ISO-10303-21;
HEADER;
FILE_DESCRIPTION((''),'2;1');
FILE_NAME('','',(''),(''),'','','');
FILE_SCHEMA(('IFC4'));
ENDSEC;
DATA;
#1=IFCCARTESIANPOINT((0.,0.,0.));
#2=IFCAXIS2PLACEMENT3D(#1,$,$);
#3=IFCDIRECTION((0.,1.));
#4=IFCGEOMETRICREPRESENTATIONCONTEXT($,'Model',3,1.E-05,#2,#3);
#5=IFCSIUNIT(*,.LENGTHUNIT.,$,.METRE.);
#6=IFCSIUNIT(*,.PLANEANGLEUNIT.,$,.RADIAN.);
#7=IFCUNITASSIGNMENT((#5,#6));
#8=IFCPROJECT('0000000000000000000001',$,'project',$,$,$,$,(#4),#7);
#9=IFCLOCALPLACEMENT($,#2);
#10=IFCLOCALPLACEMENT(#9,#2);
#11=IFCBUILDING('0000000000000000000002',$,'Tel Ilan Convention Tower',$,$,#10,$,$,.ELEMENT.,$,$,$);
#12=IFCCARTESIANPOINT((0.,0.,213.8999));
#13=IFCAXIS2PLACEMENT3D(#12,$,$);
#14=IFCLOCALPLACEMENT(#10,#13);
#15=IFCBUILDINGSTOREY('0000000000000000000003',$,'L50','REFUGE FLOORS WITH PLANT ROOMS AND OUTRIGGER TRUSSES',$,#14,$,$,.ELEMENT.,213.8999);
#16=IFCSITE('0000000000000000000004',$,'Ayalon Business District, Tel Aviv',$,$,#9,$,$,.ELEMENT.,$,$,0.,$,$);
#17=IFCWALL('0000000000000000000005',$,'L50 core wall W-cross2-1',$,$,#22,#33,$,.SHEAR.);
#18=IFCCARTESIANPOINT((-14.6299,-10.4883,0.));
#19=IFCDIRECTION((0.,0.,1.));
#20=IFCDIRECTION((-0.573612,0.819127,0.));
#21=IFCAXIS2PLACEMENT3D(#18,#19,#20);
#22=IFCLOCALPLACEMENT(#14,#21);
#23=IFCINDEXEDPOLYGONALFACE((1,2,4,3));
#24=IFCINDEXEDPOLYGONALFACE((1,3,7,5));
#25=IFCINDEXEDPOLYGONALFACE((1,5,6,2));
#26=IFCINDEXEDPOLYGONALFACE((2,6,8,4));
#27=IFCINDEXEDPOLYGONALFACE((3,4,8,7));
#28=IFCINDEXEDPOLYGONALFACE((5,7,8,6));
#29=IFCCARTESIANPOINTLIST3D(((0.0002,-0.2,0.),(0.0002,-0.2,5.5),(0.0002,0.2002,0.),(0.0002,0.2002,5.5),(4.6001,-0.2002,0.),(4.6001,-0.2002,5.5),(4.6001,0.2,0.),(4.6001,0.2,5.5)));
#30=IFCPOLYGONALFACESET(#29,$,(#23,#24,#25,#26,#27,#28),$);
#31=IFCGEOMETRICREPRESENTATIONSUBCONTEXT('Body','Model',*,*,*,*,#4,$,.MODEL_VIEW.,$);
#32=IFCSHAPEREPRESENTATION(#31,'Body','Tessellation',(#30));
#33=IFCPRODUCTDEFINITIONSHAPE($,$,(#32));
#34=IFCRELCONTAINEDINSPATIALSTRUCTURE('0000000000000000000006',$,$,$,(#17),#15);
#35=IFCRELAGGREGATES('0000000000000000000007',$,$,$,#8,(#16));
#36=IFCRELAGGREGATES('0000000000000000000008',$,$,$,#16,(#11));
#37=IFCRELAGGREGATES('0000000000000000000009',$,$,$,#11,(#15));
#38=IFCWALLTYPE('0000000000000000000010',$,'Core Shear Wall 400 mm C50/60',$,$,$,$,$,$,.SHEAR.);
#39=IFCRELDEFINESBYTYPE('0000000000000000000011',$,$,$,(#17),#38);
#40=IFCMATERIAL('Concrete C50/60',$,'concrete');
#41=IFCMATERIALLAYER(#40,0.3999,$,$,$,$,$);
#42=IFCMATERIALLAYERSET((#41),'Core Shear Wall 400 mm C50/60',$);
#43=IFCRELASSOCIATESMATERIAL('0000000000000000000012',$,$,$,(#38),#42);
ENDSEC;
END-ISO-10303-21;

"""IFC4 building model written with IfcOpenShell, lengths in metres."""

from ifc_helpers import new_model, si_unit, direction, frame, origin, place, context, subcontext, project, spatial, polyline, outline, extrude, material, layer, layer_set, type_object, element, save


model = new_model("IFC4")

# Units and contexts
model_context = context("Model", 3, precision=1e-05, world=origin(), true_north=direction((0.0, 1.0)))
body_context = subcontext(model_context, "Body", "Model", "MODEL_VIEW")
ifc_project = project(units=[si_unit("LENGTHUNIT", "METRE"), si_unit("PLANEANGLEUNIT", "RADIAN")], contexts=[model_context])

# Site, building, storey
site_placement = place(None, origin())
site = spatial("IfcSite", under=ifc_project, at=site_placement, Name="Ayalon Business District, Tel Aviv", CompositionType="ELEMENT", RefElevation=0.0)
building_placement = place(site_placement, origin())
building = spatial("IfcBuilding", under=site, at=building_placement, Name="Tel Ilan Convention Tower", CompositionType="ELEMENT")
storey_placement = place(building_placement, frame((0.0, 0.0, 213.8999)))
storey = spatial("IfcBuildingStorey", under=building, at=storey_placement, Name="L50", Description="REFUGE FLOORS WITH PLANT ROOMS AND OUTRIGGER TRUSSES", CompositionType="ELEMENT", Elevation=213.8999)

# Wall
ifc_material_1 = material(Name="Concrete C50/60", Category="concrete")
ifc_layer_1 = layer(ifc_material_1, 0.3999)
ifc_layer_set_1 = layer_set([ifc_layer_1], Name="Core Shear Wall 400 mm C50/60")
wall_type_1 = type_object("IfcWallType", Name="Core Shear Wall 400 mm C50/60", PredefinedType="SHEAR", material=ifc_layer_set_1)
wall_1_placement = place(storey_placement, frame((-14.6299, -10.4883, 0.0), z_axis=(0.0, 0.0, 1.0), x_axis=(-0.573612, 0.819127, 0.0)))
element("IfcWall", 1, at=wall_1_placement, inside=storey, type_object=wall_type_1, Name="L50 core wall W-cross2-1", PredefinedType="SHEAR", context=body_context, shape_type="SweptSolid", body=[
    extrude(outline(polyline([(4.6001, 0.2), (0.0002, 0.2002), (0.0002, -0.2), (4.6001, -0.2002), (4.6001, 0.2)])), origin(), (0.0, 0.0, 1.0), 5.5),
])

save(model, "model.ifc")
